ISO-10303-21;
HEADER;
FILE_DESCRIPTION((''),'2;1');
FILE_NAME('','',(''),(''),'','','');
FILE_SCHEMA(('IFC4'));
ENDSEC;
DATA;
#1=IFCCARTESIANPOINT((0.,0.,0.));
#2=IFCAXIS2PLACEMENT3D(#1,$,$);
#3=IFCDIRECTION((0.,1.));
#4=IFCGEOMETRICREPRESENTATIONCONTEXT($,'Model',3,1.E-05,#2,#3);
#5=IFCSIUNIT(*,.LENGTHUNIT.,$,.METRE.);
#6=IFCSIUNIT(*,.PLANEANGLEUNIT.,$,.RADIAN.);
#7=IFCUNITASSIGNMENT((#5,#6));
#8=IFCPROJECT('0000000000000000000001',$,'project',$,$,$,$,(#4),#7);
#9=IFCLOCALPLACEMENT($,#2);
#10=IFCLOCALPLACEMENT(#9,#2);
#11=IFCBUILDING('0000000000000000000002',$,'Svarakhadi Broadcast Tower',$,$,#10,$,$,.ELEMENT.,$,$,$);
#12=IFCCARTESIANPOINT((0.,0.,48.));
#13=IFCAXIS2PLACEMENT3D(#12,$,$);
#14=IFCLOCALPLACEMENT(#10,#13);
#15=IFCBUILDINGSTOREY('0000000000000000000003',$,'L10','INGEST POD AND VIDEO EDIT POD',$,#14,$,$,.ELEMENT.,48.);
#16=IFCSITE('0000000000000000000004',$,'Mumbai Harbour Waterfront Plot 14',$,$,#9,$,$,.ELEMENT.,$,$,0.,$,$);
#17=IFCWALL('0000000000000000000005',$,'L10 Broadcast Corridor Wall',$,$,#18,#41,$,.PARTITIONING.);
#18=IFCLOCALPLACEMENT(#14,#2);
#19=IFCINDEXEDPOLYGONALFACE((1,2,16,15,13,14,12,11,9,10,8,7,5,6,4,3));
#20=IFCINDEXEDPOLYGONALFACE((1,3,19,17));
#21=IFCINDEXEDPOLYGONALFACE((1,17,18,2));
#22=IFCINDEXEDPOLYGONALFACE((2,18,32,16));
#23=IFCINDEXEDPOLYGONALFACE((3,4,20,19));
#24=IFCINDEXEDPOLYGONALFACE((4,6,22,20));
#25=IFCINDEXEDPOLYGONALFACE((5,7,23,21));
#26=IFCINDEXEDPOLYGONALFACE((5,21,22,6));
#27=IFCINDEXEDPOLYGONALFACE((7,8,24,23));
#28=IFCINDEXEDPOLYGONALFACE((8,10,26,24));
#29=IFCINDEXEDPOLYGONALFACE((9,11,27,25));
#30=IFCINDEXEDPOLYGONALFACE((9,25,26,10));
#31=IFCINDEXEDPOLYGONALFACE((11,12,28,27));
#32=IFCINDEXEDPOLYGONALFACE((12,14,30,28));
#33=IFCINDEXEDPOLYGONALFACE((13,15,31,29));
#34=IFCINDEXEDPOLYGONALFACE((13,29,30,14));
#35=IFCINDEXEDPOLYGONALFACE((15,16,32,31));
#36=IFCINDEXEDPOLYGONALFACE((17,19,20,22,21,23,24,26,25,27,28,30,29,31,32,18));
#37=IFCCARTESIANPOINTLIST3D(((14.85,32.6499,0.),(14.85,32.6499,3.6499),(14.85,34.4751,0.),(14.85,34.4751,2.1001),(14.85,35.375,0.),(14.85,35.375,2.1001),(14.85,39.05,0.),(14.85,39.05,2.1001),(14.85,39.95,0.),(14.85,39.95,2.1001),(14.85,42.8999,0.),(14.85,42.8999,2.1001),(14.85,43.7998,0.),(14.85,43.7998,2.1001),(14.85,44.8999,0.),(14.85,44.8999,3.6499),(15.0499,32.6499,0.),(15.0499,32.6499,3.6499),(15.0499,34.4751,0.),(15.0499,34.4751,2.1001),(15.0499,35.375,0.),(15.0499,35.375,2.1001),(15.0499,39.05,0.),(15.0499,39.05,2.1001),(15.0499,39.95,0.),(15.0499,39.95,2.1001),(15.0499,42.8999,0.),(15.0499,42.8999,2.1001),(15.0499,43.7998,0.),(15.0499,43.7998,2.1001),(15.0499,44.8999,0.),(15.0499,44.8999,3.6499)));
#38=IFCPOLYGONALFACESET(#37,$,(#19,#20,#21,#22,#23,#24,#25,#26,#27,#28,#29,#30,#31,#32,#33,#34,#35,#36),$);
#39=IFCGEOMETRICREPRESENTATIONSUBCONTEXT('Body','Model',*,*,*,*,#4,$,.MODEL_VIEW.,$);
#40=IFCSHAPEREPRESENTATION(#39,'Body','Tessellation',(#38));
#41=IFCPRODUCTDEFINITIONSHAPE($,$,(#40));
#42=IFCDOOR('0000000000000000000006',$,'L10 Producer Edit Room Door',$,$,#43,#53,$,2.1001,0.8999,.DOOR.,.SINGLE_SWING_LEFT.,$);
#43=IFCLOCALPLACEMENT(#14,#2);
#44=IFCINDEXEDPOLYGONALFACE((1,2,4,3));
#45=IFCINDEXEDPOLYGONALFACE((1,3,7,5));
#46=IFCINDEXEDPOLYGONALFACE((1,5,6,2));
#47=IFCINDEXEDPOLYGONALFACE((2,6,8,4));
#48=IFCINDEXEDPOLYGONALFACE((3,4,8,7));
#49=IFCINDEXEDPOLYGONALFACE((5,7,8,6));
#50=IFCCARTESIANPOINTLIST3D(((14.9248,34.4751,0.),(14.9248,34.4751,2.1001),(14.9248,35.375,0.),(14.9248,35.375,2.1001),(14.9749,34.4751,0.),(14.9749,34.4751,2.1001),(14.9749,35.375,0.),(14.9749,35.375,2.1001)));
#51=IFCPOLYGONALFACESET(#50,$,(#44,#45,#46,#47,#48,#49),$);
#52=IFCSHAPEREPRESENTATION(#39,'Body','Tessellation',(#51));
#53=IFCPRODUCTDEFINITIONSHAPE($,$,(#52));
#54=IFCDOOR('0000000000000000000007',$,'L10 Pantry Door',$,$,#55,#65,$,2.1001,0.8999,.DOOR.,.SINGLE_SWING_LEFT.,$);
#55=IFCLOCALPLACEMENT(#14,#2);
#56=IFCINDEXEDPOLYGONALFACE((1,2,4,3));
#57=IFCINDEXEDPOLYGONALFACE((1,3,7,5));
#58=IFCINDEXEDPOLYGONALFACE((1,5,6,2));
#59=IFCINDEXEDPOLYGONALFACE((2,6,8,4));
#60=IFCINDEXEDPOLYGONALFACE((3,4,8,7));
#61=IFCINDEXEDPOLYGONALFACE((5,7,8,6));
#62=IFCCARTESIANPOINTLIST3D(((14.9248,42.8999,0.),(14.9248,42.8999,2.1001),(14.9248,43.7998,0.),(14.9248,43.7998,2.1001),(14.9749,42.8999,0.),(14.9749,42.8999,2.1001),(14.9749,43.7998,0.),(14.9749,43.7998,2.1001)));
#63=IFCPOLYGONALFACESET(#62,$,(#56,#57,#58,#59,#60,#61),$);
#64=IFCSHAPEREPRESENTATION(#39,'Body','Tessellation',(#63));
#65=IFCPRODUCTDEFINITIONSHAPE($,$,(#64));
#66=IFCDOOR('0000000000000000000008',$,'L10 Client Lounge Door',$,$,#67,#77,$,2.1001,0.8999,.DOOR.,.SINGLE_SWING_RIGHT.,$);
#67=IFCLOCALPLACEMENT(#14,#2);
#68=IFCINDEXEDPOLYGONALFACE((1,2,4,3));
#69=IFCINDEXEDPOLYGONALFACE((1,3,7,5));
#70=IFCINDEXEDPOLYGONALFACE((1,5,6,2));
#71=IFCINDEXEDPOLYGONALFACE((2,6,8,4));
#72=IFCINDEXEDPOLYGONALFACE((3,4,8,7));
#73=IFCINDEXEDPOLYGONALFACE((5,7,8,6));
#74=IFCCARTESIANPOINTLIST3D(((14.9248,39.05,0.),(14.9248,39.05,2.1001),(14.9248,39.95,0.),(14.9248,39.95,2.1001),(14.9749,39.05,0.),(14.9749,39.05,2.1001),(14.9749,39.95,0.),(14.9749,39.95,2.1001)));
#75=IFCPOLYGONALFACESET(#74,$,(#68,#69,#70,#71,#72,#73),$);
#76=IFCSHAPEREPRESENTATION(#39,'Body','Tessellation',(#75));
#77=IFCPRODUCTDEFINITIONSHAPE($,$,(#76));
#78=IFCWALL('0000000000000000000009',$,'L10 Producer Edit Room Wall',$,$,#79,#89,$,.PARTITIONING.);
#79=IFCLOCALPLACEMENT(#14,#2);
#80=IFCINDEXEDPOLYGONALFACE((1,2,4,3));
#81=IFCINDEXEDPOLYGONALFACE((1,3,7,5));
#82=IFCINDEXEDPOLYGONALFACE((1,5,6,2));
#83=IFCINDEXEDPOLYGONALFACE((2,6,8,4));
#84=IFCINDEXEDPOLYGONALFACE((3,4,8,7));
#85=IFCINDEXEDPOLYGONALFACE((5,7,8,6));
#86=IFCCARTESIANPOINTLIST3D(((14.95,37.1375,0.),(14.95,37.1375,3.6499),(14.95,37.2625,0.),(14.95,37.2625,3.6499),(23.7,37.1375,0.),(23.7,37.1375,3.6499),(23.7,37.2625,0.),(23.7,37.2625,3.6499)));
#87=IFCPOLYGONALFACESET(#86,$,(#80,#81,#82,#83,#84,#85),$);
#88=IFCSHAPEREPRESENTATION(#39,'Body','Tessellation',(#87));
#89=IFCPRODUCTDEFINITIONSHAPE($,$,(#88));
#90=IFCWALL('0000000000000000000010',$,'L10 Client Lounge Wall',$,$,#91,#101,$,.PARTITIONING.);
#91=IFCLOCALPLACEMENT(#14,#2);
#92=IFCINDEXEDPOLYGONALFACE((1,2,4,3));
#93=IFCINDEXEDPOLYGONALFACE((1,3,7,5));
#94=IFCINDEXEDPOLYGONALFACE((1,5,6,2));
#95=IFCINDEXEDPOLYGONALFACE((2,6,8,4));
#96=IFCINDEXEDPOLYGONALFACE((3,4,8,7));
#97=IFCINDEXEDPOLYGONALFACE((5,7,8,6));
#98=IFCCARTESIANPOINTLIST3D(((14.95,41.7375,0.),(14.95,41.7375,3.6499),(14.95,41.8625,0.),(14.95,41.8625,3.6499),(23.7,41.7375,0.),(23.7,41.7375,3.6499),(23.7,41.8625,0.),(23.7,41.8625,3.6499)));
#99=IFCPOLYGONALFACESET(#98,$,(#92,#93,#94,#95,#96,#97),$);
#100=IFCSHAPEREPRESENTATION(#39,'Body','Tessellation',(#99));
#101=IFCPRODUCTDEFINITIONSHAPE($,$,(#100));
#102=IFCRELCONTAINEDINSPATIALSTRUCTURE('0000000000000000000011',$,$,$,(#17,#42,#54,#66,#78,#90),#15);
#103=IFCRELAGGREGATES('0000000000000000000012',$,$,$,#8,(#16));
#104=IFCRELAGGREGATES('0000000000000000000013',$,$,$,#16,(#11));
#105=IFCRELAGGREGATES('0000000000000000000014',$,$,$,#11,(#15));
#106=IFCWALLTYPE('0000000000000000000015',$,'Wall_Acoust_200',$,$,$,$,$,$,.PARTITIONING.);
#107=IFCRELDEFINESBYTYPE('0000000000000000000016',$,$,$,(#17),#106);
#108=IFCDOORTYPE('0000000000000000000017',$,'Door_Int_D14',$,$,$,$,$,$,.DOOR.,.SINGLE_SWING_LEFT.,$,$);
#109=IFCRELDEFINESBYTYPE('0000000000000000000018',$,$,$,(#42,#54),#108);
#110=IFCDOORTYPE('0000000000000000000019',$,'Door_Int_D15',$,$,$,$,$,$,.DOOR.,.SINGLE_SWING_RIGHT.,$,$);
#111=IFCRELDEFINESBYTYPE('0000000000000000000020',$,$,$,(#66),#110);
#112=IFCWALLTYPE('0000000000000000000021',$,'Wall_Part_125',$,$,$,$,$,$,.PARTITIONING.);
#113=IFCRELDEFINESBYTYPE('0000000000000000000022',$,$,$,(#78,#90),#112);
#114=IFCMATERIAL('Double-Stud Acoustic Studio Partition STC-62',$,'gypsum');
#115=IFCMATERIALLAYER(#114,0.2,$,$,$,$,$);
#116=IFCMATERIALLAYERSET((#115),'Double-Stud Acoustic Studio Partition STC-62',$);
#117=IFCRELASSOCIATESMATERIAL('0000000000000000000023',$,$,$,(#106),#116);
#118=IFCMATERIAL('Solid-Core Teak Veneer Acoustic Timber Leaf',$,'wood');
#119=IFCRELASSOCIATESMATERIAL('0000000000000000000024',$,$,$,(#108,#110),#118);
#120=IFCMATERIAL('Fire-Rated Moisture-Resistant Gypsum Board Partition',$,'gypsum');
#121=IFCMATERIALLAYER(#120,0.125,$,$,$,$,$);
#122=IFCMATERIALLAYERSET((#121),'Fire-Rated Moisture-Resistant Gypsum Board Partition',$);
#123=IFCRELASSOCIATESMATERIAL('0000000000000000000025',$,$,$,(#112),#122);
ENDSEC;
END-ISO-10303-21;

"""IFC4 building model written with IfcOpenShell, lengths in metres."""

from ifc_helpers import new_model, si_unit, direction, frame, frame_2d, origin, place, context, subcontext, project, spatial, rectangle, extrude, material, layer, layer_set, type_object, element, fill, save


model = new_model("IFC4")

# Units and contexts
model_context = context("Model", 3, precision=1e-05, world=origin(), true_north=direction((0.0, 1.0)))
body_context = subcontext(model_context, "Body", "Model", "MODEL_VIEW")
ifc_project = project(units=[si_unit("LENGTHUNIT", "METRE"), si_unit("PLANEANGLEUNIT", "RADIAN")], contexts=[model_context])

# Site, building, storey
site_placement = place(None, origin())
site = spatial("IfcSite", under=ifc_project, at=site_placement, Name="Mumbai Harbour Waterfront Plot 14", CompositionType="ELEMENT", RefElevation=0.0)
building_placement = place(site_placement, origin())
building = spatial("IfcBuilding", under=site, at=building_placement, Name="Svarakhadi Broadcast Tower", CompositionType="ELEMENT")
storey_placement = place(building_placement, frame((0.0, 0.0, 48.0)))
storey = spatial("IfcBuildingStorey", under=building, at=storey_placement, Name="L10", Description="INGEST POD AND VIDEO EDIT POD", CompositionType="ELEMENT", Elevation=48.0)

# Shared definitions
ifc_material_1 = material(Name="Double-Stud Acoustic Studio Partition STC-62", Category="gypsum")
ifc_layer_1 = layer(ifc_material_1, 0.2)
ifc_layer_set_1 = layer_set([ifc_layer_1], Name="Double-Stud Acoustic Studio Partition STC-62")
wall_type_1 = type_object("IfcWallType", Name="Wall_Acoust_200", PredefinedType="PARTITIONING", material=ifc_layer_set_1)

# Wall, openings, doors
wall_1_placement = place(storey_placement, frame((14.95, 44.8999, 0.0), z_axis=(0.0, 0.0, 1.0), x_axis=(0.0, -1.0, 0.0)))
wall_1 = element("IfcWall", 1, at=wall_1_placement, inside=storey, type_object=wall_type_1, Name="L10 Broadcast Corridor Wall", PredefinedType="PARTITIONING", context=body_context, shape_type="SweptSolid", body=[
    extrude(rectangle(XDim=12.25, YDim=0.2, at=frame_2d((6.125, 0.0))), origin(), (0.0, 0.0, 1.0), 3.6499),
])
opening_1_placement = place(wall_1_placement, frame((9.5249, 0.0, 0.0)))
opening_1 = element("IfcOpeningElement", 2, at=opening_1_placement, cuts=wall_1, PredefinedType="OPENING", context=body_context, shape_type="SweptSolid", body=[
    extrude(rectangle(XDim=0.8999, YDim=2.1001, at=frame_2d((0.45, 1.05))), frame((0.0, 0.1099, 0.0), z_axis=(0.0, -1.0, 0.0), x_axis=(1.0, 0.0, 0.0)), (0.0, 0.0, 1.0), 0.22),
])
opening_2_placement = place(wall_1_placement, frame((4.95, 0.0, 0.0)))
opening_2 = element("IfcOpeningElement", 3, at=opening_2_placement, cuts=wall_1, PredefinedType="OPENING", context=body_context, shape_type="SweptSolid", body=[
    extrude(rectangle(XDim=0.8999, YDim=2.1001, at=frame_2d((0.45, 1.05))), frame((0.0, 0.1099, 0.0), z_axis=(0.0, -1.0, 0.0), x_axis=(1.0, 0.0, 0.0)), (0.0, 0.0, 1.0), 0.22),
])
opening_3_placement = place(wall_1_placement, frame((1.1001, 0.0, 0.0)))
opening_3 = element("IfcOpeningElement", 4, at=opening_3_placement, cuts=wall_1, PredefinedType="OPENING", context=body_context, shape_type="SweptSolid", body=[
    extrude(rectangle(XDim=0.8999, YDim=2.1001, at=frame_2d((0.45, 1.05))), frame((0.0, 0.1099, 0.0), z_axis=(0.0, -1.0, 0.0), x_axis=(1.0, 0.0, 0.0)), (0.0, 0.0, 1.0), 0.22),
])
ifc_material_2 = material(Name="Solid-Core Teak Veneer Acoustic Timber Leaf", Category="wood")
door_type_1 = type_object("IfcDoorType", Name="Door_Int_D14", OperationType="SINGLE_SWING_LEFT", PredefinedType="DOOR", material=ifc_material_2)
door_1_placement = place(opening_1_placement, origin())
door_1 = element("IfcDoor", 5, at=door_1_placement, inside=storey, type_object=door_type_1, Name="L10 Producer Edit Room Door", OperationType="SINGLE_SWING_LEFT", OverallHeight=2.1001, OverallWidth=0.8999, PredefinedType="DOOR", context=body_context, shape_type="SweptSolid", body=[
    extrude(rectangle(XDim=0.8999, YDim=2.1001, at=frame_2d((0.45, 1.05))), frame((0.0, 0.0249, 0.0), z_axis=(0.0, -1.0, 0.0), x_axis=(1.0, 0.0, 0.0)), (0.0, 0.0, 1.0), 0.05),
])
fill(opening_1, door_1)
door_2_placement = place(opening_3_placement, origin())
door_2 = element("IfcDoor", 6, at=door_2_placement, inside=storey, type_object=door_type_1, Name="L10 Pantry Door", OperationType="SINGLE_SWING_LEFT", OverallHeight=2.1001, OverallWidth=0.8999, PredefinedType="DOOR", context=body_context, shape_type="SweptSolid", body=[
    extrude(rectangle(XDim=0.8999, YDim=2.1001, at=frame_2d((0.45, 1.05))), frame((0.0, 0.0249, 0.0), z_axis=(0.0, -1.0, 0.0), x_axis=(1.0, 0.0, 0.0)), (0.0, 0.0, 1.0), 0.05),
])
fill(opening_3, door_2)
door_type_2 = type_object("IfcDoorType", Name="Door_Int_D15", OperationType="SINGLE_SWING_RIGHT", PredefinedType="DOOR", material=ifc_material_2)
door_3_placement = place(opening_2_placement, origin())
door_3 = element("IfcDoor", 7, at=door_3_placement, inside=storey, type_object=door_type_2, Name="L10 Client Lounge Door", OperationType="SINGLE_SWING_RIGHT", OverallHeight=2.1001, OverallWidth=0.8999, PredefinedType="DOOR", context=body_context, shape_type="SweptSolid", body=[
    extrude(rectangle(XDim=0.8999, YDim=2.1001, at=frame_2d((0.45, 1.05))), frame((0.0, 0.0249, 0.0), z_axis=(0.0, -1.0, 0.0), x_axis=(1.0, 0.0, 0.0)), (0.0, 0.0, 1.0), 0.05),
])
fill(opening_2, door_3)

# Walls
ifc_material_3 = material(Name="Fire-Rated Moisture-Resistant Gypsum Board Partition", Category="gypsum")
ifc_layer_2 = layer(ifc_material_3, 0.125)
ifc_layer_set_2 = layer_set([ifc_layer_2], Name="Fire-Rated Moisture-Resistant Gypsum Board Partition")
wall_type_2 = type_object("IfcWallType", Name="Wall_Part_125", PredefinedType="PARTITIONING", material=ifc_layer_set_2)
for number, where, z_axis, x_axis, name in (
    (8, (14.95, 37.2, 0.0), (0.0, 0.0, 1.0), (1.0, 0.0, 0.0), "L10 Producer Edit Room Wall"),
    (9, (14.95, 41.8, 0.0), (0.0, 0.0, 1.0), (1.0, 0.0, 0.0), "L10 Client Lounge Wall"),
):
    element("IfcWall", number, at=place(storey_placement, frame(where, z_axis=z_axis, x_axis=x_axis)), inside=storey, type_object=wall_type_2, Name=name, PredefinedType="PARTITIONING", context=body_context, shape_type="SweptSolid", body=[
        extrude(rectangle(XDim=8.75, YDim=0.125, at=frame_2d((4.375, 0.0))), origin(), (0.0, 0.0, 1.0), 3.6499),
    ])

save(model, "model.ifc")
